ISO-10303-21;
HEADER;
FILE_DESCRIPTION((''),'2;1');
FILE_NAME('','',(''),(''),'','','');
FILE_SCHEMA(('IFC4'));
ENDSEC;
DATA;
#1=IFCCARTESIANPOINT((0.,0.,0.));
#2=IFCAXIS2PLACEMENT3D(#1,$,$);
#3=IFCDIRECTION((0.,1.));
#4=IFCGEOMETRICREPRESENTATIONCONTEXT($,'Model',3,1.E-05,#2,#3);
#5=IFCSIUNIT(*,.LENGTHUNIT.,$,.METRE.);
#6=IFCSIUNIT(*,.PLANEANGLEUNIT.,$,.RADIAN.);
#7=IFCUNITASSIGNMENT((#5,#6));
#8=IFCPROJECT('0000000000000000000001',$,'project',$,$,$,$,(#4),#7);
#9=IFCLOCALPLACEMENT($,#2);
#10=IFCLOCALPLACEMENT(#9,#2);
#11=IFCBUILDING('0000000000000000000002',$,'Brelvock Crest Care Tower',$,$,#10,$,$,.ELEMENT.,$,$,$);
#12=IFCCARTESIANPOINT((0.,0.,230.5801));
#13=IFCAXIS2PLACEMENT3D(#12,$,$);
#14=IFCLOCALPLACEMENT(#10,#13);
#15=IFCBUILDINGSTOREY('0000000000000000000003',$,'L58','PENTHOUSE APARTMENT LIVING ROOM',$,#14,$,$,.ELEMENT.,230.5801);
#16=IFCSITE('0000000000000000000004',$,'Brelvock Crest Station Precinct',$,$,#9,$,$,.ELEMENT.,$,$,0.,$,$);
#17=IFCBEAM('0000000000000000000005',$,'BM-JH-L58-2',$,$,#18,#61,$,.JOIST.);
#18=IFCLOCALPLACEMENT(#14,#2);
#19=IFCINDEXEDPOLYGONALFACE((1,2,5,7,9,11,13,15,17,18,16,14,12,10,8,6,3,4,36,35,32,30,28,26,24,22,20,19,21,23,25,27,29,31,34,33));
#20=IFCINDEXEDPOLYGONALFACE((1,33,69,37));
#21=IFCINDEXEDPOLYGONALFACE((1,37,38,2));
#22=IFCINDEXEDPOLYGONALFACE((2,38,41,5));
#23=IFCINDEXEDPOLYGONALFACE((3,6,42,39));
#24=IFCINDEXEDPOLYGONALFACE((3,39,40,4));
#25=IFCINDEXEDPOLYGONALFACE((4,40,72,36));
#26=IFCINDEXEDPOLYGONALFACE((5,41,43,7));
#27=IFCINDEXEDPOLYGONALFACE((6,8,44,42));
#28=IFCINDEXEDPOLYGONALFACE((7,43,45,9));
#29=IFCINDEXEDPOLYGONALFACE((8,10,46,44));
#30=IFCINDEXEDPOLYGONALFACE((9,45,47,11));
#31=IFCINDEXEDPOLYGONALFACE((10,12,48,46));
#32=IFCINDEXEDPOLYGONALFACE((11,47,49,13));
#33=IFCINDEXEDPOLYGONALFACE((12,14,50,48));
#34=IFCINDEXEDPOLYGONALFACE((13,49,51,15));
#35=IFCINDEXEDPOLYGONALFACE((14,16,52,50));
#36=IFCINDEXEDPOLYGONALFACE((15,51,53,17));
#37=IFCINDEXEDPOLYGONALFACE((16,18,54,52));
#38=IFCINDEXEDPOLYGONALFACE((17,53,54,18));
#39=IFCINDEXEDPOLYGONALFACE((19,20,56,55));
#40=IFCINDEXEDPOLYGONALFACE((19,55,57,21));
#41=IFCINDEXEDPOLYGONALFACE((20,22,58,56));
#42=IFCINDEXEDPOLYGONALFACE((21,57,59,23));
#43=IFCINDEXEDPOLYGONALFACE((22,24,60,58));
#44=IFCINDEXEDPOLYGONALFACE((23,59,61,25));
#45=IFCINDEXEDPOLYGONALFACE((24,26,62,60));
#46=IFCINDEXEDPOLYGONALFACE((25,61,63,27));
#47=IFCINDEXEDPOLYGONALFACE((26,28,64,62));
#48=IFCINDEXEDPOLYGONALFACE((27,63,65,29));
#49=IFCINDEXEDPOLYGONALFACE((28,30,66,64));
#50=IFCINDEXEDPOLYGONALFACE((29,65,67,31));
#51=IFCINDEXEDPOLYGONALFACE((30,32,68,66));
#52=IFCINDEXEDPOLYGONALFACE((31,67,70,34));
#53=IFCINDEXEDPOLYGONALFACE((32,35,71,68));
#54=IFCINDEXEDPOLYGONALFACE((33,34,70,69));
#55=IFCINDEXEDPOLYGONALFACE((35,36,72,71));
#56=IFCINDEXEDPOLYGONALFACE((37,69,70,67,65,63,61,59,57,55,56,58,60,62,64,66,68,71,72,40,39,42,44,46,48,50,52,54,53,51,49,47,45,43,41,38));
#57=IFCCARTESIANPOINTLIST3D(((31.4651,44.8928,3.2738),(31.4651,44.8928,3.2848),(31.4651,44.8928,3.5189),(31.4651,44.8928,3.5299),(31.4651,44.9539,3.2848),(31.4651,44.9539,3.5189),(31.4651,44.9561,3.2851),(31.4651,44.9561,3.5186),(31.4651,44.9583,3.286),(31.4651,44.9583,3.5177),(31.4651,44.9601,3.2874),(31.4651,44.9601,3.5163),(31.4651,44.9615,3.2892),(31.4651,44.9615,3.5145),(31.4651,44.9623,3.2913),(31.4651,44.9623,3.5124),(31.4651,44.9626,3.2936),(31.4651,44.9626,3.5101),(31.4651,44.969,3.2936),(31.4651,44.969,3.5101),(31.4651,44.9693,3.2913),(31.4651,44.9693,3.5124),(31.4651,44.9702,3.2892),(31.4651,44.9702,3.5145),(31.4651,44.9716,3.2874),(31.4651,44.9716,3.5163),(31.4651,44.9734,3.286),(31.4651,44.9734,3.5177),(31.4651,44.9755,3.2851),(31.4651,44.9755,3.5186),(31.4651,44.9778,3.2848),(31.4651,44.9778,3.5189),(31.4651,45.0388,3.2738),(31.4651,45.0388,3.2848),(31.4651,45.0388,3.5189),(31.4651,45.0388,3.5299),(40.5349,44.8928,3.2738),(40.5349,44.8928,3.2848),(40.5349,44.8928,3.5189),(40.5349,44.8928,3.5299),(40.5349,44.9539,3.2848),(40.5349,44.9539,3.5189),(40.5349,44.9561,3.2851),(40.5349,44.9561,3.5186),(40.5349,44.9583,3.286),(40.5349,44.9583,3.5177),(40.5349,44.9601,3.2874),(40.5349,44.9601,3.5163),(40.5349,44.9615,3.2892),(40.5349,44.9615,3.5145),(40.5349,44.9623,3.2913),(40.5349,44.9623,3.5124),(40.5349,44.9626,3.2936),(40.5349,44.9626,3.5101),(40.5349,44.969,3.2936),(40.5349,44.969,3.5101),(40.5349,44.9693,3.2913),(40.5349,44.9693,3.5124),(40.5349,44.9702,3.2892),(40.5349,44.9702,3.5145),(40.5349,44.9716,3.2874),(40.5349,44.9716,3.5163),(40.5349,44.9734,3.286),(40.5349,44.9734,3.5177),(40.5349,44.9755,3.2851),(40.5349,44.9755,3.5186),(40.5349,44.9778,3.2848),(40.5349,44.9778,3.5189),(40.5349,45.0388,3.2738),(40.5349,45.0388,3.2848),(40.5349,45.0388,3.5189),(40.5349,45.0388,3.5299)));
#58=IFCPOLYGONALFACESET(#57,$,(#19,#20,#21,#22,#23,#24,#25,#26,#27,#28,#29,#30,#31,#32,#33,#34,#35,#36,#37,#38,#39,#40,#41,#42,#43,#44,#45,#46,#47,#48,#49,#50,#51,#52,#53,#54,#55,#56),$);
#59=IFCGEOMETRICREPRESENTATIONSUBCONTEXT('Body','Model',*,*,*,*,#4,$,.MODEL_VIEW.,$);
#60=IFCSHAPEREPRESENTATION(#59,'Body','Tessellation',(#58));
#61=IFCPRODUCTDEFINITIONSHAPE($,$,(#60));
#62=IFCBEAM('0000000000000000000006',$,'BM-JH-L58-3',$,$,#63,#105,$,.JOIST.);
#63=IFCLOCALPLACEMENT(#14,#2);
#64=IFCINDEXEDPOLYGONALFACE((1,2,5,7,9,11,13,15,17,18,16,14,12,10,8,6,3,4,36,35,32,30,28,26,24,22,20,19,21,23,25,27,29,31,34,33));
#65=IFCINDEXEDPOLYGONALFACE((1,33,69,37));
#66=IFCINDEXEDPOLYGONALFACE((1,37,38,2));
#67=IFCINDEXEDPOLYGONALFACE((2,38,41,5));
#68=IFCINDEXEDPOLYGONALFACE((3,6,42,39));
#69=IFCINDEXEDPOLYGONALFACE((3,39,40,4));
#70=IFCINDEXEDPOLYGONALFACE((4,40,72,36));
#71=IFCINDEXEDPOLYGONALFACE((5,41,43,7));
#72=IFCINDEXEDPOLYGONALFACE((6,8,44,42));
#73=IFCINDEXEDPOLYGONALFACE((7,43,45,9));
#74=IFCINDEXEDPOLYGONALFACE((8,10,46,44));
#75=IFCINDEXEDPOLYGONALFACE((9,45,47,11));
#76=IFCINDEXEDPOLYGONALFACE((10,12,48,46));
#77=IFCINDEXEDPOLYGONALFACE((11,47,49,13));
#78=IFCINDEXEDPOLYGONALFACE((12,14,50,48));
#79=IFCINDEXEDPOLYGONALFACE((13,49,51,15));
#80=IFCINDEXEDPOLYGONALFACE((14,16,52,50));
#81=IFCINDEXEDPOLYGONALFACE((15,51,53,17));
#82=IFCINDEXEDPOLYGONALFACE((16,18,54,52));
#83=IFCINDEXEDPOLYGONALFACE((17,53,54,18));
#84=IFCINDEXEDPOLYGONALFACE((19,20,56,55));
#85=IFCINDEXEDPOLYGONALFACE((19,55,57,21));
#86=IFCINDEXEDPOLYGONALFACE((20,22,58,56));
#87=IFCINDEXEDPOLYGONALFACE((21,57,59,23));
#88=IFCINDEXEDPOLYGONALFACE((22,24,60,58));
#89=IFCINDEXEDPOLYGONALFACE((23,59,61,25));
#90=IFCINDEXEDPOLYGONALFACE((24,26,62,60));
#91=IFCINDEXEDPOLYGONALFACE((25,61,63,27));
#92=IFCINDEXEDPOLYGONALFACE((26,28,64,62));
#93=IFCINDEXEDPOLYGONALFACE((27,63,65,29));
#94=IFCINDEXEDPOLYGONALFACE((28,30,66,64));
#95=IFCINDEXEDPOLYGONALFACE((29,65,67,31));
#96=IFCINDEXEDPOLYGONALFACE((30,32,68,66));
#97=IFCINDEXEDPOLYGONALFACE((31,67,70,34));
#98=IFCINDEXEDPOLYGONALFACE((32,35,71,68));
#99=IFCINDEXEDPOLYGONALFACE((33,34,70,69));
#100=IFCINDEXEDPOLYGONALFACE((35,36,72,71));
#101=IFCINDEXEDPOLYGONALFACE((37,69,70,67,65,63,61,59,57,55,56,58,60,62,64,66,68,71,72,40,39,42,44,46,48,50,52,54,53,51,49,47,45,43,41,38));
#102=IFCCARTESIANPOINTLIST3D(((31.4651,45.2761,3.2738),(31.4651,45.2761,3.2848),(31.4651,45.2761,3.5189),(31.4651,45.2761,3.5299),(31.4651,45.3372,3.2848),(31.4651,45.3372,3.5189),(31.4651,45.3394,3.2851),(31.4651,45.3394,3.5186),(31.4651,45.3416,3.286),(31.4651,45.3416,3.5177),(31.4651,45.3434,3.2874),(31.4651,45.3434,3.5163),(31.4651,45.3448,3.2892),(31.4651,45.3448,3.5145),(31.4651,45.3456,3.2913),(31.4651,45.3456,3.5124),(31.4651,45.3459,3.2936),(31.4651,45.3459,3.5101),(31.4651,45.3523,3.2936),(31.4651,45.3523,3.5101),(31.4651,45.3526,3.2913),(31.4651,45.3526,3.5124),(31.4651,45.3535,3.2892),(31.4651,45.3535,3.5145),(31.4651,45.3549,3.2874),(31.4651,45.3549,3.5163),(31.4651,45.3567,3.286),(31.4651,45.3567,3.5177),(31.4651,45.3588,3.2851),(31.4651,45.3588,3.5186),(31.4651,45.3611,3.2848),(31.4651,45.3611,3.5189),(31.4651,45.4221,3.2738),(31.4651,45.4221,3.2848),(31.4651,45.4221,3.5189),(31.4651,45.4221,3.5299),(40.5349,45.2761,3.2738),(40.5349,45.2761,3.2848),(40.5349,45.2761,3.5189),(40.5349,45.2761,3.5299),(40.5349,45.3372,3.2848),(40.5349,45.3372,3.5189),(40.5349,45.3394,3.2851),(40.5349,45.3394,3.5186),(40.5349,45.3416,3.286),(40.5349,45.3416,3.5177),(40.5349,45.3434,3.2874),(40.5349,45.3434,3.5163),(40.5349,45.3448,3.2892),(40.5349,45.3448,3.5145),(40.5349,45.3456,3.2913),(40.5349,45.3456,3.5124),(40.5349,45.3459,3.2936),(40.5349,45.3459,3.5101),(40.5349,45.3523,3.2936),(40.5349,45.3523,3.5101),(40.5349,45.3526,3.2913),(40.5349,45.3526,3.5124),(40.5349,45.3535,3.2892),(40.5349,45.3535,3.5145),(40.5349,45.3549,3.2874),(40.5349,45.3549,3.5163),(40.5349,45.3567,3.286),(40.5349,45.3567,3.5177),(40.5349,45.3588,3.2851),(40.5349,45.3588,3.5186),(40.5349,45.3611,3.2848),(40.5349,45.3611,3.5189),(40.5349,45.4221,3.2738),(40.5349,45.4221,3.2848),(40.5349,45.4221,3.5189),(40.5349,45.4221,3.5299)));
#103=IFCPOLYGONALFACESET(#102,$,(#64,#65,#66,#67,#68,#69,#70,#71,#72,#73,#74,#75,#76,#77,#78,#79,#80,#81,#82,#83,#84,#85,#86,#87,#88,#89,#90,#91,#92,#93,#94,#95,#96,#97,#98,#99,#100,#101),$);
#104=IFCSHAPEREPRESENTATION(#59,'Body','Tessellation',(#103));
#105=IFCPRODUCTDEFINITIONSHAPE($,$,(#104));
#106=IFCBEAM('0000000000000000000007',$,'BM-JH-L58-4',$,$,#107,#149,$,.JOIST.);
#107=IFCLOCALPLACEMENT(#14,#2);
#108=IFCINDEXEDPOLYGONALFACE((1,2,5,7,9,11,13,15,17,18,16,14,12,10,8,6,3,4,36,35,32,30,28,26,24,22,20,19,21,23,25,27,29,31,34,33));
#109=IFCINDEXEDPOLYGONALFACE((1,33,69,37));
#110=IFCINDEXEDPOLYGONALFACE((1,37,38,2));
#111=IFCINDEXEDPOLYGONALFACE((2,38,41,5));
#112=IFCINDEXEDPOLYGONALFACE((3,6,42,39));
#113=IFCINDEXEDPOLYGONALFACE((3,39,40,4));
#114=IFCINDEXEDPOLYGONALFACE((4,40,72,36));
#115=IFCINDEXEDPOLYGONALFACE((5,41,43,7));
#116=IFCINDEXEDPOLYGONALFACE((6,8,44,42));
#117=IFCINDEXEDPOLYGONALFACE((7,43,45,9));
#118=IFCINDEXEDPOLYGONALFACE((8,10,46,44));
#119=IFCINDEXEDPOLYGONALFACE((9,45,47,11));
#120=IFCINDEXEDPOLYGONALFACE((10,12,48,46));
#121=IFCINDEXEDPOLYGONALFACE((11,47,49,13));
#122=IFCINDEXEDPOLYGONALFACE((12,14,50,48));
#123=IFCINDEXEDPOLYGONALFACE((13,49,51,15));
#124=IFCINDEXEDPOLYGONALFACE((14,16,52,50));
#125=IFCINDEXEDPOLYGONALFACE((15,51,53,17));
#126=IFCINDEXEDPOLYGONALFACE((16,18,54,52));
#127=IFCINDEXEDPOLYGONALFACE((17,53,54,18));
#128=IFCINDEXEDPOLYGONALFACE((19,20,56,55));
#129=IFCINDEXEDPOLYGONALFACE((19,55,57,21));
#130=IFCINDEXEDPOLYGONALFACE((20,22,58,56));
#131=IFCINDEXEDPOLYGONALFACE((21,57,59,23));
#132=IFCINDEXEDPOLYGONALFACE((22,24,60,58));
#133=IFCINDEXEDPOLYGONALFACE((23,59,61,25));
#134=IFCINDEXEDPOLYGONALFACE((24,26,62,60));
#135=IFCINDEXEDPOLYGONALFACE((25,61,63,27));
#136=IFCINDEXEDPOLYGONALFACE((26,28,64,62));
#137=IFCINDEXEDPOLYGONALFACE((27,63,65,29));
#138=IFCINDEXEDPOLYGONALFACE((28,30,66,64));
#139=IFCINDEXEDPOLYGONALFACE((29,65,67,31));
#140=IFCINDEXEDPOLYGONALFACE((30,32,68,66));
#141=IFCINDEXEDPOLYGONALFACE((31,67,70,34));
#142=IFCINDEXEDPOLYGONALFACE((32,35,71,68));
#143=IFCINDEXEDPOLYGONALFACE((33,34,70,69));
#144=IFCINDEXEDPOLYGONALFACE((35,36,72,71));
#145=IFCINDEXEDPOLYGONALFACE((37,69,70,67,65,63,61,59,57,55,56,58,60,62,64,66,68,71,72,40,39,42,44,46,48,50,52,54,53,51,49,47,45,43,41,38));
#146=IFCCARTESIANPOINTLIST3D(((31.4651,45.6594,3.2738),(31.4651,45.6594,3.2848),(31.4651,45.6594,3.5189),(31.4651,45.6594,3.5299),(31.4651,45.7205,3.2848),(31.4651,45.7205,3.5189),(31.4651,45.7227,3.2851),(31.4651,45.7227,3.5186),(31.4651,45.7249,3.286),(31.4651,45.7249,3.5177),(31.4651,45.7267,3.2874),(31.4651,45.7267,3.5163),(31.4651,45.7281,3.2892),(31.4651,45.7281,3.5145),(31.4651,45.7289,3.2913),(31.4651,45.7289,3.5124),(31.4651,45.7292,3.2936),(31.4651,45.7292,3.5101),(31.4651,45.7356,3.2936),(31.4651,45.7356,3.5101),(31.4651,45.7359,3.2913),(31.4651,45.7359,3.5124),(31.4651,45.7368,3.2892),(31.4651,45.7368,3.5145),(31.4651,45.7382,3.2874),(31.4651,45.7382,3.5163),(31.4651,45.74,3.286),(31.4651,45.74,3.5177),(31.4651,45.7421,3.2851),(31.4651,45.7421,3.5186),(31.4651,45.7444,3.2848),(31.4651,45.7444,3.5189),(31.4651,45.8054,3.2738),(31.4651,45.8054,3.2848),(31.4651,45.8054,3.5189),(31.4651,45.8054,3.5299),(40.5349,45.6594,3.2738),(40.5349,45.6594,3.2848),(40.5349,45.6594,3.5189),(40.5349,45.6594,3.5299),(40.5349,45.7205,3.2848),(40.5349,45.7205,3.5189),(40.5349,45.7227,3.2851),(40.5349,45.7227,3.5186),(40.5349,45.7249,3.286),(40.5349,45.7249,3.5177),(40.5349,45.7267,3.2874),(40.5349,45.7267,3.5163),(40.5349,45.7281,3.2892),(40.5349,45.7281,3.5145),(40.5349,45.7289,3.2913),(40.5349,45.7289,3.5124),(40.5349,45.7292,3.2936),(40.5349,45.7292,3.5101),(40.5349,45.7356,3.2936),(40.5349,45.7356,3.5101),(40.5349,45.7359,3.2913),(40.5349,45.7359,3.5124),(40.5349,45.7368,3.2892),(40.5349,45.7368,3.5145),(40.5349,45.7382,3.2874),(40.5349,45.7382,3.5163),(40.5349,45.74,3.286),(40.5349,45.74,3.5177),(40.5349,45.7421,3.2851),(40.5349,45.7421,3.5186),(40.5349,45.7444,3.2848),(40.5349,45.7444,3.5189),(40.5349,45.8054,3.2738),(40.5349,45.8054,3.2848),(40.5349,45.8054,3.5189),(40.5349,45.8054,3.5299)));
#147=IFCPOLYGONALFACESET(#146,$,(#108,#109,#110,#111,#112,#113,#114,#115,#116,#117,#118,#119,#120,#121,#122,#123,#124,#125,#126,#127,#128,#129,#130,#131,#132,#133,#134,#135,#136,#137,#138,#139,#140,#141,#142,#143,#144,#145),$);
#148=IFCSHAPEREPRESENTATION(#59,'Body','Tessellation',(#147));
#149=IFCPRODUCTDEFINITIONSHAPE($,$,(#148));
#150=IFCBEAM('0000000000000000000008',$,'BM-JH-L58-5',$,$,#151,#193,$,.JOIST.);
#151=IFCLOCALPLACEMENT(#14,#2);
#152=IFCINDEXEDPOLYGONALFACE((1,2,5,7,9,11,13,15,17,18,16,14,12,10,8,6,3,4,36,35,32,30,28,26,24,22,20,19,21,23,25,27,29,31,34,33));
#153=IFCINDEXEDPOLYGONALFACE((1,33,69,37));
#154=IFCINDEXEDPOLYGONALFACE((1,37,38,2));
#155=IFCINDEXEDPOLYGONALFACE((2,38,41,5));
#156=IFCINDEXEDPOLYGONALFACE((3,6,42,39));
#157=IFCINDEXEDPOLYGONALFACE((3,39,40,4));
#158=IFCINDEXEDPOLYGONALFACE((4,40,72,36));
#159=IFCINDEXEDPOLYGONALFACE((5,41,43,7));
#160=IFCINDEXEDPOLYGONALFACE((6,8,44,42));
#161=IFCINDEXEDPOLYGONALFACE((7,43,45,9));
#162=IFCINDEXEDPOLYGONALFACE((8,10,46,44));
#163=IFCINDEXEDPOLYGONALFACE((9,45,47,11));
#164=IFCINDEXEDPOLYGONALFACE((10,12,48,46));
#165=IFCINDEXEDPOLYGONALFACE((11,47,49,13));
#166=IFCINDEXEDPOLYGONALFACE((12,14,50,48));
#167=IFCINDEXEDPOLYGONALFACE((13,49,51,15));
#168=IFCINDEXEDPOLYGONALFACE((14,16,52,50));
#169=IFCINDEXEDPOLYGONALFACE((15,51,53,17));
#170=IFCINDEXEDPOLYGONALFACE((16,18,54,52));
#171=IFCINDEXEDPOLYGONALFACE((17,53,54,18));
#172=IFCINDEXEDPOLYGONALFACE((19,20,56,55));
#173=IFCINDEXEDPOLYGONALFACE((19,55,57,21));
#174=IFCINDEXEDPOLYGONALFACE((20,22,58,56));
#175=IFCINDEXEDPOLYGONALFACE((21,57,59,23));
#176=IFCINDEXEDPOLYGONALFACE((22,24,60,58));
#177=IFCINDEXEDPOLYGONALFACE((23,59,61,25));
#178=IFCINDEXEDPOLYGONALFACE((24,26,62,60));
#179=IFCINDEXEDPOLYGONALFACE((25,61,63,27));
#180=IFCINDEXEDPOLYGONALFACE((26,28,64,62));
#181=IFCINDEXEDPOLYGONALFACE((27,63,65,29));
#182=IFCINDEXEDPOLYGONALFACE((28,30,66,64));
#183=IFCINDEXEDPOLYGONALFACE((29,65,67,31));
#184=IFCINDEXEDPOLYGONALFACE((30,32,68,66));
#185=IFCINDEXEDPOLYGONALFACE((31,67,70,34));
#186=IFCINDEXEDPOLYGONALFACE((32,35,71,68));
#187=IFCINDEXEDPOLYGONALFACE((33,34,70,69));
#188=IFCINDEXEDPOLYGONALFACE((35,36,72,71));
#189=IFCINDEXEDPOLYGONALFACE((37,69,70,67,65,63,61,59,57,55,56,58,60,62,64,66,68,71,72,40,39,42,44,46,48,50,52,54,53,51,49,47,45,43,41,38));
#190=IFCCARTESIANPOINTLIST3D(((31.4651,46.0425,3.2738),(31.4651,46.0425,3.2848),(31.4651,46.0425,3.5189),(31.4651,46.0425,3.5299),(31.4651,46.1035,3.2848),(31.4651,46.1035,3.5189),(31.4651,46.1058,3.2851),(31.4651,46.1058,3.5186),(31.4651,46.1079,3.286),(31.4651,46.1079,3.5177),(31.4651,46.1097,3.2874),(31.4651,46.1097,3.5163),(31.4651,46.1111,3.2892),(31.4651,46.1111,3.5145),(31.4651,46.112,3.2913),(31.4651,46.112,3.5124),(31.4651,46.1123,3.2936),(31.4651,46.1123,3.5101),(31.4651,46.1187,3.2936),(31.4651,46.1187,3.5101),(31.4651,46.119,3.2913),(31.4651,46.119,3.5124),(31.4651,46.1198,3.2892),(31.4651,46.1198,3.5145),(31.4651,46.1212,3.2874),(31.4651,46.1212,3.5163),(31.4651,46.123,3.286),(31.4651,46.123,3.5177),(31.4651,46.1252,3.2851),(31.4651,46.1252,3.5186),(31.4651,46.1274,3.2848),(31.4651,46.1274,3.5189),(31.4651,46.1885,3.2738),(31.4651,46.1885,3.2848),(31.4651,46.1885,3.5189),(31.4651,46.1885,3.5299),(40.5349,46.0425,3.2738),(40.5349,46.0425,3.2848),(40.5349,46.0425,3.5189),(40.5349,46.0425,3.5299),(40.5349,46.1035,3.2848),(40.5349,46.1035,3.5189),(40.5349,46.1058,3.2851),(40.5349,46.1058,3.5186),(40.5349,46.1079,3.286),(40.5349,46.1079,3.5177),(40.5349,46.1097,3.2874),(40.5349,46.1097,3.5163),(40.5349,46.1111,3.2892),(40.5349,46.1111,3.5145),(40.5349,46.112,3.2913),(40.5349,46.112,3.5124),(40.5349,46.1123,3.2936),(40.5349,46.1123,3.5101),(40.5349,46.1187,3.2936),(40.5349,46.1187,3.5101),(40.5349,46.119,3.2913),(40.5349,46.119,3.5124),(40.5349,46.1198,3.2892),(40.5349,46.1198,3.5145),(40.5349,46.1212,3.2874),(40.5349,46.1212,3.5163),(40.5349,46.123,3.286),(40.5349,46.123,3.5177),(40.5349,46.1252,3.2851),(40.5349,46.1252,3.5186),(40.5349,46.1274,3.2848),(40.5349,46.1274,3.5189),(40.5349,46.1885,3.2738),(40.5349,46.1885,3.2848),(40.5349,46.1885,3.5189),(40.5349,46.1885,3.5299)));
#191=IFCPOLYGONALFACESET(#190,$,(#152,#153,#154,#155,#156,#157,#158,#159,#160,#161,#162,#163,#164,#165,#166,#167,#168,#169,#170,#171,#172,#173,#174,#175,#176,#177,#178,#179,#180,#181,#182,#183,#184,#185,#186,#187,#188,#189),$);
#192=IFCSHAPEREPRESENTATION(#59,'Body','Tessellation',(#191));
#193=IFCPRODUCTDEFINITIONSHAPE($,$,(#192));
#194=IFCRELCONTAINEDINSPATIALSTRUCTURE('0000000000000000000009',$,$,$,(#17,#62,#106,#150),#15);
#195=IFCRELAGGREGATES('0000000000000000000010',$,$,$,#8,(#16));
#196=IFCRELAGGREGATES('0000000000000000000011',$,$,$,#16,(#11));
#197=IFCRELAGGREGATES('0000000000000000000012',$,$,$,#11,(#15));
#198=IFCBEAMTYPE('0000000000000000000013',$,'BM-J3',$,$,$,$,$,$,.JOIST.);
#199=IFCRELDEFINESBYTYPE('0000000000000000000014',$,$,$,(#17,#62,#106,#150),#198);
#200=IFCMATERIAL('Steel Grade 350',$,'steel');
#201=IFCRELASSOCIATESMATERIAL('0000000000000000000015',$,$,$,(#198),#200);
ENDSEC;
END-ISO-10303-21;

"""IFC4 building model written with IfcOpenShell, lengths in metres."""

from ifc_helpers import new_model, si_unit, direction, frame, origin, origin_2d, place, context, subcontext, project, spatial, i_section, extrude, source, transform, mapped, material, material_profile, profile_set, type_object, element, save


model = new_model("IFC4")

# Units and contexts
model_context = context("Model", 3, precision=1e-05, world=origin(), true_north=direction((0.0, 1.0)))
body_context = subcontext(model_context, "Body", "Model", "MODEL_VIEW")
ifc_project = project(units=[si_unit("LENGTHUNIT", "METRE"), si_unit("PLANEANGLEUNIT", "RADIAN")], contexts=[model_context])

# Site, building, storey
site_placement = place(None, origin())
site = spatial("IfcSite", under=ifc_project, at=site_placement, Name="Brelvock Crest Station Precinct", CompositionType="ELEMENT", RefElevation=0.0)
building_placement = place(site_placement, origin())
building = spatial("IfcBuilding", under=site, at=building_placement, Name="Brelvock Crest Care Tower", CompositionType="ELEMENT")
storey_placement = place(building_placement, frame((0.0, 0.0, 230.5801)))
storey = spatial("IfcBuildingStorey", under=building, at=storey_placement, Name="L58", Description="PENTHOUSE APARTMENT LIVING ROOM", CompositionType="ELEMENT", Elevation=230.5801)

# Beams
ifc_material_1 = material(Name="Steel Grade 350", Category="steel")
ifc_material_profile_1 = material_profile(ifc_material_1, i_section(OverallWidth=0.146, OverallDepth=0.2561, WebThickness=0.0063, FlangeThickness=0.011, FilletRadius=0.0088, at=origin_2d()), Name="250UB37.3")
ifc_profile_set_1 = profile_set([ifc_material_profile_1], Name="Steel Grade 350")
beam_type_1 = type_object("IfcBeamType", Name="BM-J3", PredefinedType="JOIST", material=ifc_profile_set_1)
shared_shape_1 = source(origin(), body_context, "Body", "SweptSolid", [
    extrude(i_section(OverallWidth=0.146, OverallDepth=0.2561, WebThickness=0.0063, FlangeThickness=0.011, FilletRadius=0.0088, at=origin_2d()), origin(), (0.0, 0.0, 1.0), 9.0698),
])
for number, where, z_axis, x_axis, name in (
    (1, (31.4651, 44.9658, 3.4019), (1.0, 0.0, 0.0), (0.0, 1.0, 0.0), "BM-JH-L58-2"),
    (2, (31.4651, 45.3491, 3.4019), (1.0, 0.0, 0.0), (0.0, 1.0, 0.0), "BM-JH-L58-3"),
    (3, (31.4651, 45.7324, 3.4019), (1.0, 0.0, 0.0), (0.0, 1.0, 0.0), "BM-JH-L58-4"),
    (4, (31.4651, 46.1155, 3.4019), (1.0, 0.0, 0.0), (0.0, 1.0, 0.0), "BM-JH-L58-5"),
):
    element("IfcBeam", number, at=place(storey_placement, frame(where, z_axis=z_axis, x_axis=x_axis)), inside=storey, type_object=beam_type_1, Name=name, PredefinedType="JOIST", context=body_context, shape_type="MappedRepresentation", body=[
        mapped(shared_shape_1, transform((0.0, 0.0, 0.0), x_axis=(1.0, 0.0, 0.0), y_axis=(0.0, 1.0, 0.0), z_axis=(0.0, 0.0, 1.0), scale=1.0)),
    ])

save(model, "model.ifc")
